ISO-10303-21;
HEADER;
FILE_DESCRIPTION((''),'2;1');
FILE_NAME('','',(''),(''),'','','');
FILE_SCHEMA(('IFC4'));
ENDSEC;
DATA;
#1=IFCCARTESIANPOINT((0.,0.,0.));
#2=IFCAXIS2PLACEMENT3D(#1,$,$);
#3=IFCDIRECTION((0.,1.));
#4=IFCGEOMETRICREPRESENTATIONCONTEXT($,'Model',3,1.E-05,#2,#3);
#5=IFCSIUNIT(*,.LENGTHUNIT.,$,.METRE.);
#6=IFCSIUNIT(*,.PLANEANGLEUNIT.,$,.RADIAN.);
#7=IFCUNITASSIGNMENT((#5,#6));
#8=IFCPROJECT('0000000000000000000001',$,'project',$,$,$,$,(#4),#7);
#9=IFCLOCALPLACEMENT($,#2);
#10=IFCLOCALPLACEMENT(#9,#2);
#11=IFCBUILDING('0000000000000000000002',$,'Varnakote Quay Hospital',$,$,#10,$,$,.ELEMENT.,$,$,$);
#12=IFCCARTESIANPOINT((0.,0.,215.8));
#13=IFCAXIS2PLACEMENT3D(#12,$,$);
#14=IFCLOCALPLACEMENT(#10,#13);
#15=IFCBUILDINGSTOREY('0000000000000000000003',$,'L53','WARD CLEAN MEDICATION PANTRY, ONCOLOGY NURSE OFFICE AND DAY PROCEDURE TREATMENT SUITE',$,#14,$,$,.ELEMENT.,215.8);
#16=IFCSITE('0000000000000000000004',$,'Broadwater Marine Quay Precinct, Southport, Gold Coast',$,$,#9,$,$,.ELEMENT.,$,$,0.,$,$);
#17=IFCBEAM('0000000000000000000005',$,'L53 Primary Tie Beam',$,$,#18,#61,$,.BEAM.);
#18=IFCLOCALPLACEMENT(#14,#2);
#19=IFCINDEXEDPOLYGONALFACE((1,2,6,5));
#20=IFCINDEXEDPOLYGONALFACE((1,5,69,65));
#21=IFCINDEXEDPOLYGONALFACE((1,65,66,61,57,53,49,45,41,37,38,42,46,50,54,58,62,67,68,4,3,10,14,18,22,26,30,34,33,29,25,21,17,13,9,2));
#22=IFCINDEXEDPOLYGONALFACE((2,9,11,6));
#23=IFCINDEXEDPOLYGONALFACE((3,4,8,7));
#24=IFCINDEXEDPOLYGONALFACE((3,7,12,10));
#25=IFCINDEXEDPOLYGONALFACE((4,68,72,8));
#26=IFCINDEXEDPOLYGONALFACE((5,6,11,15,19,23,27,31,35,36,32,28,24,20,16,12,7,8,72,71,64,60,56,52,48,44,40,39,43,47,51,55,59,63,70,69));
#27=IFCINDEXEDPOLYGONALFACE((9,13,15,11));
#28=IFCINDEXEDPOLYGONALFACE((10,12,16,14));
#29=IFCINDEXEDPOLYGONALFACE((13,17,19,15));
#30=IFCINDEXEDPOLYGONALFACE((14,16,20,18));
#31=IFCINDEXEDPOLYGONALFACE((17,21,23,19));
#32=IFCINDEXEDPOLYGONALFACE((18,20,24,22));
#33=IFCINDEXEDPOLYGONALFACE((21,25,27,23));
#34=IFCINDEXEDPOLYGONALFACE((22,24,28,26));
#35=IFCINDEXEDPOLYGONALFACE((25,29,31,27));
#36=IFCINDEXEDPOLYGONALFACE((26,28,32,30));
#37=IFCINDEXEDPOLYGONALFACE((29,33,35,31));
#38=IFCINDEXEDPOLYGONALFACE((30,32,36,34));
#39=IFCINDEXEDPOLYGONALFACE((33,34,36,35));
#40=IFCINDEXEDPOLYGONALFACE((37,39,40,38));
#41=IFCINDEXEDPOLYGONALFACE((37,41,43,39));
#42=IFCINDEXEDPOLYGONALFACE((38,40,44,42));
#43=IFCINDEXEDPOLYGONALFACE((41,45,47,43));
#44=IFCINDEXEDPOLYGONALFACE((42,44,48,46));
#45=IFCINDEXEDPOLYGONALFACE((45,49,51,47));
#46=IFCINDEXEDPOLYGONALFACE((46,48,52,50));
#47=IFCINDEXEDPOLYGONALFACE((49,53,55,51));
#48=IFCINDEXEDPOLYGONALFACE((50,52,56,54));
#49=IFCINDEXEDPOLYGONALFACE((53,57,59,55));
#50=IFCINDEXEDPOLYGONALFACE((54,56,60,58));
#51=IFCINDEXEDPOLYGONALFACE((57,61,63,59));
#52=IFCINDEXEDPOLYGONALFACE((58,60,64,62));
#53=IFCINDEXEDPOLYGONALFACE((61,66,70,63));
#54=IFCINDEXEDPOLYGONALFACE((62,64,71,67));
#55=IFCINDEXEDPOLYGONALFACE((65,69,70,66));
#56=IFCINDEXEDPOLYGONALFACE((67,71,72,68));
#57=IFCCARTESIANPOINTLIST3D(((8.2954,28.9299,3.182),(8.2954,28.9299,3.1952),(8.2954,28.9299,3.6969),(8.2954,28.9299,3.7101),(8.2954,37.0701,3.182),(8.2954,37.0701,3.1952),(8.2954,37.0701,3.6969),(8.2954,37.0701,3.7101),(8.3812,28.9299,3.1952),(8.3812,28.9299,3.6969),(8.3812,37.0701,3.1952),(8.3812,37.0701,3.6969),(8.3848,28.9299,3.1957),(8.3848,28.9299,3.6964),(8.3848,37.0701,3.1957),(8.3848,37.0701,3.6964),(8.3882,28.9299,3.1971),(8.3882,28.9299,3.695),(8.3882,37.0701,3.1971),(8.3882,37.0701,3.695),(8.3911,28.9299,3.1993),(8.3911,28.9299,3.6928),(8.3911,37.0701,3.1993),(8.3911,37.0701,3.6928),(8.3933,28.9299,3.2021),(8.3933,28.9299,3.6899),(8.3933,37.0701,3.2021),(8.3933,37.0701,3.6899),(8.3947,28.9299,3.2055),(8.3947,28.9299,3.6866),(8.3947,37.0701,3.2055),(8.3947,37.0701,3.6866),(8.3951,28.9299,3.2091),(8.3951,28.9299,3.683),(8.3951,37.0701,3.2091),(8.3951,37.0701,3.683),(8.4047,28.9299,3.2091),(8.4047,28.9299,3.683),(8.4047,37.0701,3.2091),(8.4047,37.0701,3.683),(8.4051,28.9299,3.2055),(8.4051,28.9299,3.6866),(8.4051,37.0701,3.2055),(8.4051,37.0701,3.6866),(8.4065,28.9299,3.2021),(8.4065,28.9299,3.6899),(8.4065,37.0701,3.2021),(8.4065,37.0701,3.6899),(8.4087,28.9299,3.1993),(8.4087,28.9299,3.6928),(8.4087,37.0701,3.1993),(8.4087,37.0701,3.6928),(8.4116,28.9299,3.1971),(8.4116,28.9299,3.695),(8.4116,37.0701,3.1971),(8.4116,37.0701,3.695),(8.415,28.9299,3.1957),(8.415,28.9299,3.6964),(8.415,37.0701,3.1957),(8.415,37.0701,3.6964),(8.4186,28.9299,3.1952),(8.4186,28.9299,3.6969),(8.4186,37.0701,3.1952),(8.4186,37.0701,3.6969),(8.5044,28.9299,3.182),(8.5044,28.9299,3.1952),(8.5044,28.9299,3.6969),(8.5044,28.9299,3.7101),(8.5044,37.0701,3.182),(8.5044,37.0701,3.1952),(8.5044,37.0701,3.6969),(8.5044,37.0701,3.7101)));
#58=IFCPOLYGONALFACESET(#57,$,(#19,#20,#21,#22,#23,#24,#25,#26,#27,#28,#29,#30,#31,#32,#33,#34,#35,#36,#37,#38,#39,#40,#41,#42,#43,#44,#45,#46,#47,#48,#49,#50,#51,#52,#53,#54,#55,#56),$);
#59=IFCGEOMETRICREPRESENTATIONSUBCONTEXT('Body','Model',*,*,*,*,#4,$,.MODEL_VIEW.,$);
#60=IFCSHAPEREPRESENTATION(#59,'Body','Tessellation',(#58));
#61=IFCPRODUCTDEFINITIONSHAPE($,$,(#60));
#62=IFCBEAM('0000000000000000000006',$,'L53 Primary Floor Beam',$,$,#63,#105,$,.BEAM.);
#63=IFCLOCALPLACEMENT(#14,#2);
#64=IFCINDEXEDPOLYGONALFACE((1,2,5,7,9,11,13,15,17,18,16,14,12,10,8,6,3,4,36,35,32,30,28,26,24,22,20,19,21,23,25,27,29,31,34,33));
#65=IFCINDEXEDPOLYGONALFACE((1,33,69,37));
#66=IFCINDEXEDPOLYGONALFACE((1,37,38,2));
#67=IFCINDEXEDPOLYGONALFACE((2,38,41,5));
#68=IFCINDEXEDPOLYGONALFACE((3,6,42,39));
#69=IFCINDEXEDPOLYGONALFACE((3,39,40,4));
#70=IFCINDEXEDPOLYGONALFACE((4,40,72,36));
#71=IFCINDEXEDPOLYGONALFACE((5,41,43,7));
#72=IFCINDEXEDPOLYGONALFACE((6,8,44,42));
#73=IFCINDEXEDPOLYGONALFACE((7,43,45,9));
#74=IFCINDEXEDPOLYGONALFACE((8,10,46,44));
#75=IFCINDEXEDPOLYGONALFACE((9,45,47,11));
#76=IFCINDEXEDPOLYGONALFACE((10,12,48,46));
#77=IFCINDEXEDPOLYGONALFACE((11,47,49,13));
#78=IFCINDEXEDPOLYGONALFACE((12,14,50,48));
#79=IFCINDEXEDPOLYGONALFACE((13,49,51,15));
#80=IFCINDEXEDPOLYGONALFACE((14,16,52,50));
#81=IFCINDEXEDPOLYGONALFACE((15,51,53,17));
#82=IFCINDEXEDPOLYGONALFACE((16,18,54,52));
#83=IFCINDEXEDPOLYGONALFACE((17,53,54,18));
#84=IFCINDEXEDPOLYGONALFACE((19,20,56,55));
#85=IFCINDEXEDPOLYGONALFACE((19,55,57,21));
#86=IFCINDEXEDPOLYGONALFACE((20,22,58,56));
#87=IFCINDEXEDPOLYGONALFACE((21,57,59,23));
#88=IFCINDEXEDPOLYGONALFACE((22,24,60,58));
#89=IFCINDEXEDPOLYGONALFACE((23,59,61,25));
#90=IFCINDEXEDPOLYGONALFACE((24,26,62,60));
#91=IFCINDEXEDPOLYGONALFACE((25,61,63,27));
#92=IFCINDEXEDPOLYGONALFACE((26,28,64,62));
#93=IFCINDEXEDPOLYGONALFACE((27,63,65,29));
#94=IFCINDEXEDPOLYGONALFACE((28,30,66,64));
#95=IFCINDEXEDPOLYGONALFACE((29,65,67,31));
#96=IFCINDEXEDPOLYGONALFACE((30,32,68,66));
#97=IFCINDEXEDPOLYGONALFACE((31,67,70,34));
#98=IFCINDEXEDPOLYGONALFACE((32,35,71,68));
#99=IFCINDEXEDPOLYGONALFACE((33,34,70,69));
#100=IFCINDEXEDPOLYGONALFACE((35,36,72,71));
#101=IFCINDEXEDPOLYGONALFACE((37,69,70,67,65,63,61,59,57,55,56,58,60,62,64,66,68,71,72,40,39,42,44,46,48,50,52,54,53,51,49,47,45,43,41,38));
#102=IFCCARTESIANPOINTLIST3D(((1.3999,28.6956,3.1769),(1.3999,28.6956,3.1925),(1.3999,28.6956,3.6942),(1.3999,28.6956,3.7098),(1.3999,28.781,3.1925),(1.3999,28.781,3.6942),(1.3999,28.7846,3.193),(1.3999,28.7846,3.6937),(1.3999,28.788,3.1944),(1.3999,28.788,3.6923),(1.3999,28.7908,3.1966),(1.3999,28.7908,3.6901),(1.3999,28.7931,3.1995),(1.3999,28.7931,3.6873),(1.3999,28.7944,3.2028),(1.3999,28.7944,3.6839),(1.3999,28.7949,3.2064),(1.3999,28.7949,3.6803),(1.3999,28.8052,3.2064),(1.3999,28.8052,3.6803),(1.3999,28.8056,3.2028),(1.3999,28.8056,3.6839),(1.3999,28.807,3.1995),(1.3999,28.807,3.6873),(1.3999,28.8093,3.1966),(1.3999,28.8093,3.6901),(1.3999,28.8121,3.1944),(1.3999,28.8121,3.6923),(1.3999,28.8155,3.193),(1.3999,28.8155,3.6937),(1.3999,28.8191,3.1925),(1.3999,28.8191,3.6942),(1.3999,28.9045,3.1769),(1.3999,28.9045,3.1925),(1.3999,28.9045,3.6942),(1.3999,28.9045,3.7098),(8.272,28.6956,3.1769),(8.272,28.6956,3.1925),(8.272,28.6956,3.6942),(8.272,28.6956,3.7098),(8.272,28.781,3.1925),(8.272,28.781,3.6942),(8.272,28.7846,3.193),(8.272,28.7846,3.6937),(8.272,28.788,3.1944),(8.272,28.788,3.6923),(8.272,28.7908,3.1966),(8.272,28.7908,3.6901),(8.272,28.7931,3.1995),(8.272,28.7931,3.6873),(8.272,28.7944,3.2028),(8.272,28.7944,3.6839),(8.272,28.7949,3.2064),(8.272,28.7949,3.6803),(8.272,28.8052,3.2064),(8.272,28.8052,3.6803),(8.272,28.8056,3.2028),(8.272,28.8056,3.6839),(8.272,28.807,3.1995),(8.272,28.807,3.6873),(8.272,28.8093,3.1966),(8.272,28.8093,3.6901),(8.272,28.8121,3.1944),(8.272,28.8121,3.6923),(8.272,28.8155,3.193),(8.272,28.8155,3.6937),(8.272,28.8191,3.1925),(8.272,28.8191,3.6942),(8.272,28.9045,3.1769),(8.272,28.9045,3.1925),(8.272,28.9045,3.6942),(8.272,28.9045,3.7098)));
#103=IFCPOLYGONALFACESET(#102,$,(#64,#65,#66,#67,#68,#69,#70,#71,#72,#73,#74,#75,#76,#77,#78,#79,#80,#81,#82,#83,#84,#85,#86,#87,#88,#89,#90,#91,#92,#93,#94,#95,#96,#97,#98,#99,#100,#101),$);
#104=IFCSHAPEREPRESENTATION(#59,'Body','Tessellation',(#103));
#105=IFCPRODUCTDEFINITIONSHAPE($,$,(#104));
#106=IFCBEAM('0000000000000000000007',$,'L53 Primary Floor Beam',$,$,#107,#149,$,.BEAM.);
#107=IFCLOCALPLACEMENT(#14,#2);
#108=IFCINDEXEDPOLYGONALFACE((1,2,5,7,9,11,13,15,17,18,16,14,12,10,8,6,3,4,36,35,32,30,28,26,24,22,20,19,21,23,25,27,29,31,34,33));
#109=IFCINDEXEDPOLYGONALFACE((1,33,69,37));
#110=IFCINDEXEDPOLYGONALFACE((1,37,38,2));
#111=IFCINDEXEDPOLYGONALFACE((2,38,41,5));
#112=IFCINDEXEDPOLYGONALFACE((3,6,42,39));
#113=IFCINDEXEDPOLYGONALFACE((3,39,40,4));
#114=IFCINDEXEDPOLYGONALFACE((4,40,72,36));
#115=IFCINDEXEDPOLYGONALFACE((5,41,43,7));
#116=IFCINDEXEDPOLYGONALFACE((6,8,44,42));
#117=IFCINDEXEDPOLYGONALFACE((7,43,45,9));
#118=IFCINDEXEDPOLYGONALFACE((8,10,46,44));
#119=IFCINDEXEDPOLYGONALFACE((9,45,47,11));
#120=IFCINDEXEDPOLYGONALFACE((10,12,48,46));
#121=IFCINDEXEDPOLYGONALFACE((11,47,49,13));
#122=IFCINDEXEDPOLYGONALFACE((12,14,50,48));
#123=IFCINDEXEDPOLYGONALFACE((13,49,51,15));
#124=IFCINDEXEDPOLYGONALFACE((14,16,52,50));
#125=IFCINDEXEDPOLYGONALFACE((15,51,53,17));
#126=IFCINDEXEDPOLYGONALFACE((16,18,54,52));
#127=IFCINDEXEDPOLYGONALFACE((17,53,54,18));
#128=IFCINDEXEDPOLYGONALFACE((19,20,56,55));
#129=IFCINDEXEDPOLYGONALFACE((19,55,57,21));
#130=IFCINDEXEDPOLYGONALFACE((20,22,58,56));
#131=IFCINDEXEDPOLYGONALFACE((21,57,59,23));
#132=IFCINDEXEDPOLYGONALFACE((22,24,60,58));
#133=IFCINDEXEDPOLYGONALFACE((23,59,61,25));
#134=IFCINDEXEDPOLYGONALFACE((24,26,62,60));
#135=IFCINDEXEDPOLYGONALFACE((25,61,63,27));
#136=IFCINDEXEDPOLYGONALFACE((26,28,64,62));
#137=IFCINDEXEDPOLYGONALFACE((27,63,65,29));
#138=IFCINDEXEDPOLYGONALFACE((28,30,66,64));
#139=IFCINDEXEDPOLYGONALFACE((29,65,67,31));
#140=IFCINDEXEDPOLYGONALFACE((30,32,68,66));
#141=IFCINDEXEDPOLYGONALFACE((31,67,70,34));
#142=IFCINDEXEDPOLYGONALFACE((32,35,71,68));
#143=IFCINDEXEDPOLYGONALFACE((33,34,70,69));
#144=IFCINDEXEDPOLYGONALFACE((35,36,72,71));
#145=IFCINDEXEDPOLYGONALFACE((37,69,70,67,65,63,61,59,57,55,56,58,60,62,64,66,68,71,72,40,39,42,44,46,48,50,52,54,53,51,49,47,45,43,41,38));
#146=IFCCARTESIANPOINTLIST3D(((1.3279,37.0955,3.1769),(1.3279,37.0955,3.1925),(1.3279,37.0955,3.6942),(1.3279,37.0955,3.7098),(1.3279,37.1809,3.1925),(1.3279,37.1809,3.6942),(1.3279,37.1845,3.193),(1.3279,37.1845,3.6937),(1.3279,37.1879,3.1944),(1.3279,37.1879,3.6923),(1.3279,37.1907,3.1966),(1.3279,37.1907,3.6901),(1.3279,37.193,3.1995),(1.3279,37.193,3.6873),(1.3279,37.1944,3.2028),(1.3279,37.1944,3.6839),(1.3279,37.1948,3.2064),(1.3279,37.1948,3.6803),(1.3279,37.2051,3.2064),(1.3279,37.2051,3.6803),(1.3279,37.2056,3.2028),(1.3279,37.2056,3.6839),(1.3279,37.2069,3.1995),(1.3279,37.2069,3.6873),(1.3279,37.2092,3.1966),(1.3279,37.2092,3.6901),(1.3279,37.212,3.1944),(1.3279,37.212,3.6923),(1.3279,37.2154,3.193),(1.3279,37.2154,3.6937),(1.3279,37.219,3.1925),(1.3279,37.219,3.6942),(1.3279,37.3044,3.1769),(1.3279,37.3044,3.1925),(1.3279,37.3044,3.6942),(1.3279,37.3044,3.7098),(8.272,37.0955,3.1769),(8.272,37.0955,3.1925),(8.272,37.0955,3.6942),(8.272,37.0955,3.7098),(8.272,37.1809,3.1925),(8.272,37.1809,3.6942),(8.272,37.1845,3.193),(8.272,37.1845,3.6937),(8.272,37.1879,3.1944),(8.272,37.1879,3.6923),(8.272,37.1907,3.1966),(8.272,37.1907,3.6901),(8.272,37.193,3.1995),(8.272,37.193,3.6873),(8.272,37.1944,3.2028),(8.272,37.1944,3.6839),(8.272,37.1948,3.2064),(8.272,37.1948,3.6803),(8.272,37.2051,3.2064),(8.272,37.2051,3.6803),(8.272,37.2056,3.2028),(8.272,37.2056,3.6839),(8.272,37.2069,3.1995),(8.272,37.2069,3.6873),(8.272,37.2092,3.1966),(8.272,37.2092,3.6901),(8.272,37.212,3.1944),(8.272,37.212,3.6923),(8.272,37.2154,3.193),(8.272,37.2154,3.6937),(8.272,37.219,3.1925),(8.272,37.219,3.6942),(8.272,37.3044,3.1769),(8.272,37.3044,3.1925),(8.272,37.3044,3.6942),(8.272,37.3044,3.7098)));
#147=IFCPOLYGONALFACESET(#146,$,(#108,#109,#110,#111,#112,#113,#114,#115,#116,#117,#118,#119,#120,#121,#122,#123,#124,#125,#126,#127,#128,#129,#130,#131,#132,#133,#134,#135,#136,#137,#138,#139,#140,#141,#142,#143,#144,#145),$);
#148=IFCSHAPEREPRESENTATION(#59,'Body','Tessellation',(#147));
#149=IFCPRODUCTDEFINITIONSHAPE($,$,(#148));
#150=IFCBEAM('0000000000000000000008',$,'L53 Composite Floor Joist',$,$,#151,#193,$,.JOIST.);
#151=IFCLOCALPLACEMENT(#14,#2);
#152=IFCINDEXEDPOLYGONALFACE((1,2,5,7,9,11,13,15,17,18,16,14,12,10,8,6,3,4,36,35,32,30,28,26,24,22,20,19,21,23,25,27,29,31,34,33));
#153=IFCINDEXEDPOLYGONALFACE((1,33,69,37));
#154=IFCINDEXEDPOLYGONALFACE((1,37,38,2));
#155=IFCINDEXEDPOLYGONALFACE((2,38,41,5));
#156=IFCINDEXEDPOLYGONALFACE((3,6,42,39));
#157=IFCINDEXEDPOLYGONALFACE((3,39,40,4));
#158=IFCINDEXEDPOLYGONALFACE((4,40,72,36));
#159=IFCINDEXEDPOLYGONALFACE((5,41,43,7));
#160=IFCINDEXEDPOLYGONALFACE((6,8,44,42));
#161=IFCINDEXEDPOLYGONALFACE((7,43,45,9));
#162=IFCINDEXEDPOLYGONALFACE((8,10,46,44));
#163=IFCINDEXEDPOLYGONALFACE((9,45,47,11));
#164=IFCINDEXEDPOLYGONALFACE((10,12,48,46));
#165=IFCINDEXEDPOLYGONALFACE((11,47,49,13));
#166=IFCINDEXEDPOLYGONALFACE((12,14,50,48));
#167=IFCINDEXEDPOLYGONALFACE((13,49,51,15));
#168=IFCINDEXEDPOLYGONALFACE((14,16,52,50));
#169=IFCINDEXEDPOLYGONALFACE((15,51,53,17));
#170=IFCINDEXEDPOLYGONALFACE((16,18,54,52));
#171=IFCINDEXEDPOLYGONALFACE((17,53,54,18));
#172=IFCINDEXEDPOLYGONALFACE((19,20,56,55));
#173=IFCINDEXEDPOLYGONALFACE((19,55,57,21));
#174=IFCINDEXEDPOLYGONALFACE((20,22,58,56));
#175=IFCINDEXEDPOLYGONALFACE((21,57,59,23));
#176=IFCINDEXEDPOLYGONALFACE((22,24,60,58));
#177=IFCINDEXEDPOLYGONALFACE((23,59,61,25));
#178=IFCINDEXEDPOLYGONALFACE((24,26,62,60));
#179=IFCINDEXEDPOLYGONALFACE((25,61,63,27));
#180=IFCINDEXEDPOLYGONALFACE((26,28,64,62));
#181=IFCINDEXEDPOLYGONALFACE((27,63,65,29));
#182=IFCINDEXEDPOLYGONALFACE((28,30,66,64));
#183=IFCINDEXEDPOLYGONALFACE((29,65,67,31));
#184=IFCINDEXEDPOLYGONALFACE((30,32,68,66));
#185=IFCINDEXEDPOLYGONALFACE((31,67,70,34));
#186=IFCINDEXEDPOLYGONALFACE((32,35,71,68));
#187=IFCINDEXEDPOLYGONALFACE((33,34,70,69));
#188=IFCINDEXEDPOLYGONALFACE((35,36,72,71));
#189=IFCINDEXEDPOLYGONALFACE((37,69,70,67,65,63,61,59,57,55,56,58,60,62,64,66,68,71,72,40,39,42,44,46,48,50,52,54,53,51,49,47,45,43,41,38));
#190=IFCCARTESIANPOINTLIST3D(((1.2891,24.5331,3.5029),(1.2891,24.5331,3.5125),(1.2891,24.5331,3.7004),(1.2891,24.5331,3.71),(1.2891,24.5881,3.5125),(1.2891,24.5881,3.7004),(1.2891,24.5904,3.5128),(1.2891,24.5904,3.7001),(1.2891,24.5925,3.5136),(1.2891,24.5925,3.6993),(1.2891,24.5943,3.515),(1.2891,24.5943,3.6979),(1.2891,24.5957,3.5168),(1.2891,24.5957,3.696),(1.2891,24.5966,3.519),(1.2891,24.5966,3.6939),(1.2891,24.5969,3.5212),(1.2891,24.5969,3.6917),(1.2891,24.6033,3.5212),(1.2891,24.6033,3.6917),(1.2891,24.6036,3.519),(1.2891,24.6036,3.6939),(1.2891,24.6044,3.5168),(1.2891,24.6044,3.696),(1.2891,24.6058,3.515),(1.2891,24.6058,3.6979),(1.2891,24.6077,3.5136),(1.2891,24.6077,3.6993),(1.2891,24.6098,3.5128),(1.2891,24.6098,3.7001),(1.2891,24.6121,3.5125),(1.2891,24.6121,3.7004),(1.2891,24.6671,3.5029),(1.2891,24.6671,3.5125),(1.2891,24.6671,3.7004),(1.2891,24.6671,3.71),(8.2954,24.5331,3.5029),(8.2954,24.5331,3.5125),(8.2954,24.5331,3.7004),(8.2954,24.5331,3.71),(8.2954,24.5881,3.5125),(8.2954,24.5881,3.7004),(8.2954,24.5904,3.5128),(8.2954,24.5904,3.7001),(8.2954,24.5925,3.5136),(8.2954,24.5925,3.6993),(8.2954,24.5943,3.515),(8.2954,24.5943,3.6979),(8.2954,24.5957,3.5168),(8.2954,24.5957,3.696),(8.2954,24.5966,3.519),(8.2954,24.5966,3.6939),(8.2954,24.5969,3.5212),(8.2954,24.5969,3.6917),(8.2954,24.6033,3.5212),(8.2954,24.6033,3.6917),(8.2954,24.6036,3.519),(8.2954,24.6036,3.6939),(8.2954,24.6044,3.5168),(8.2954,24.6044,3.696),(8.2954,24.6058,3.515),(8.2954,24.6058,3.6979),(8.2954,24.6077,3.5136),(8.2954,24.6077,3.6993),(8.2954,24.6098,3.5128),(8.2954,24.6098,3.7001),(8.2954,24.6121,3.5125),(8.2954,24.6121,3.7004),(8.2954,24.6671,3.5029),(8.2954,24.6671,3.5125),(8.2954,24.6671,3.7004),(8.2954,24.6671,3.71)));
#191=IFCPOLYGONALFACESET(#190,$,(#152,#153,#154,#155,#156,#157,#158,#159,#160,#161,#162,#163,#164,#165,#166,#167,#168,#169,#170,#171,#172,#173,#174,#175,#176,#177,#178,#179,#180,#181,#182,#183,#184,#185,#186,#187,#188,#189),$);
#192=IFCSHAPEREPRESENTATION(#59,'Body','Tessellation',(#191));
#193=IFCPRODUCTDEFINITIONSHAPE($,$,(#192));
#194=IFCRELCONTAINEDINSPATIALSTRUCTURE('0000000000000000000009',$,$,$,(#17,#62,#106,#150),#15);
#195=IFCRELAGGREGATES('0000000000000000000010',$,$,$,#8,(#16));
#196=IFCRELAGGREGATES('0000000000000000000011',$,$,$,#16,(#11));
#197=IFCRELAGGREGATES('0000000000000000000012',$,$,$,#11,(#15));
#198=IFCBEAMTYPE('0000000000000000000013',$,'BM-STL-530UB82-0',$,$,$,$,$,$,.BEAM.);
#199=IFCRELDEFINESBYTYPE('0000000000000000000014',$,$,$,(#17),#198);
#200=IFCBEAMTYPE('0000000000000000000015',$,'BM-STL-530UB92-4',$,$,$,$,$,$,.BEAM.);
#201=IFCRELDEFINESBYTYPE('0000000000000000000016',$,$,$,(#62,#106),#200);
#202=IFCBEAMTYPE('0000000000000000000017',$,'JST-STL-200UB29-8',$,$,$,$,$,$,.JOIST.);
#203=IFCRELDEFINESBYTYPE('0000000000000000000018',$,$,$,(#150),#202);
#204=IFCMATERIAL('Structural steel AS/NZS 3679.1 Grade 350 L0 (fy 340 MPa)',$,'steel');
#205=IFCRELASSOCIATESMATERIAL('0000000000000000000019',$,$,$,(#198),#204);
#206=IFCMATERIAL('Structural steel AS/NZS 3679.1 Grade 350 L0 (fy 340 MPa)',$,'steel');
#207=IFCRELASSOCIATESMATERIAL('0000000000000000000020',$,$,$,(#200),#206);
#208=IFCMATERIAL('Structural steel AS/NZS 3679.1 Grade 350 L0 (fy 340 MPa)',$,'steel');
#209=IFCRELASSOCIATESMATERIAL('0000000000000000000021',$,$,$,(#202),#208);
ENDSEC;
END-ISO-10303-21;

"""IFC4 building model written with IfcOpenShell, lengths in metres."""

from ifc_helpers import new_model, si_unit, direction, frame, origin, origin_2d, place, context, subcontext, project, spatial, i_section, extrude, material, material_profile, profile_set, type_object, element, save


model = new_model("IFC4")

# Units and contexts
model_context = context("Model", 3, precision=1e-05, world=origin(), true_north=direction((0.0, 1.0)))
body_context = subcontext(model_context, "Body", "Model", "MODEL_VIEW")
ifc_project = project(units=[si_unit("LENGTHUNIT", "METRE"), si_unit("PLANEANGLEUNIT", "RADIAN")], contexts=[model_context])

# Site, building, storey
site_placement = place(None, origin())
site = spatial("IfcSite", under=ifc_project, at=site_placement, Name="Broadwater Marine Quay Precinct, Southport, Gold Coast", CompositionType="ELEMENT", RefElevation=0.0)
building_placement = place(site_placement, origin())
building = spatial("IfcBuilding", under=site, at=building_placement, Name="Varnakote Quay Hospital", CompositionType="ELEMENT")
storey_placement = place(building_placement, frame((0.0, 0.0, 215.8)))
storey = spatial("IfcBuildingStorey", under=building, at=storey_placement, Name="L53", Description="WARD CLEAN MEDICATION PANTRY, ONCOLOGY NURSE OFFICE AND DAY PROCEDURE TREATMENT SUITE", CompositionType="ELEMENT", Elevation=215.8)

# Beams
ifc_material_1 = material(Name="Structural steel AS/NZS 3679.1 Grade 350 L0 (fy 340 MPa)", Category="steel")
ifc_material_profile_1 = material_profile(ifc_material_1, i_section(OverallWidth=0.209, OverallDepth=0.5281, WebThickness=0.0095, FlangeThickness=0.0132, FilletRadius=0.0139, at=origin_2d()), Name="530UB82.0")
ifc_profile_set_1 = profile_set([ifc_material_profile_1], Name="Structural steel AS/NZS 3679.1 Grade 350 L0 (fy 340 MPa)")
beam_type_1 = type_object("IfcBeamType", Name="BM-STL-530UB82-0", PredefinedType="BEAM", material=ifc_profile_set_1)
beam_1_placement = place(storey_placement, frame((8.3999, 28.9299, 3.446), z_axis=(0.0, 1.0, 0.0), x_axis=(-1.0, 0.0, 0.0)))
element("IfcBeam", 1, at=beam_1_placement, inside=storey, type_object=beam_type_1, Name="L53 Primary Tie Beam", PredefinedType="BEAM", context=body_context, shape_type="SweptSolid", body=[
    extrude(i_section(OverallWidth=0.209, OverallDepth=0.5281, WebThickness=0.0095, FlangeThickness=0.0132, FilletRadius=0.0139, at=origin_2d()), origin(), (0.0, 0.0, 1.0), 8.1401),
])
ifc_material_2 = material(Name="Structural steel AS/NZS 3679.1 Grade 350 L0 (fy 340 MPa)", Category="steel")
ifc_material_profile_2 = material_profile(ifc_material_2, i_section(OverallWidth=0.209, OverallDepth=0.533, WebThickness=0.0103, FlangeThickness=0.0156, FilletRadius=0.0139, at=origin_2d()), Name="530UB92.4")
ifc_profile_set_2 = profile_set([ifc_material_profile_2], Name="Structural steel AS/NZS 3679.1 Grade 350 L0 (fy 340 MPa)")
beam_type_2 = type_object("IfcBeamType", Name="BM-STL-530UB92-4", PredefinedType="BEAM", material=ifc_profile_set_2)
beam_2_placement = place(storey_placement, frame((1.3999, 28.8, 3.4434), z_axis=(1.0, 0.0, 0.0), x_axis=(0.0, 1.0, 0.0)))
element("IfcBeam", 2, at=beam_2_placement, inside=storey, type_object=beam_type_2, Name="L53 Primary Floor Beam", PredefinedType="BEAM", context=body_context, shape_type="SweptSolid", body=[
    extrude(i_section(OverallWidth=0.209, OverallDepth=0.533, WebThickness=0.0103, FlangeThickness=0.0156, FilletRadius=0.0139, at=origin_2d()), origin(), (0.0, 0.0, 1.0), 6.8721),
])
beam_3_placement = place(storey_placement, frame((1.3279, 37.2, 3.4434), z_axis=(1.0, 0.0, 0.0), x_axis=(0.0, 1.0, 0.0)))
element("IfcBeam", 3, at=beam_3_placement, inside=storey, type_object=beam_type_2, Name="L53 Primary Floor Beam", PredefinedType="BEAM", context=body_context, shape_type="SweptSolid", body=[
    extrude(i_section(OverallWidth=0.209, OverallDepth=0.533, WebThickness=0.0103, FlangeThickness=0.0156, FilletRadius=0.0139, at=origin_2d()), origin(), (0.0, 0.0, 1.0), 6.9441),
])
ifc_material_3 = material(Name="Structural steel AS/NZS 3679.1 Grade 350 L0 (fy 340 MPa)", Category="steel")
ifc_material_profile_3 = material_profile(ifc_material_3, i_section(OverallWidth=0.134, OverallDepth=0.207, WebThickness=0.0063, FlangeThickness=0.0095, FilletRadius=0.0088, at=origin_2d()), Name="200UB29.8")
ifc_profile_set_3 = profile_set([ifc_material_profile_3], Name="Structural steel AS/NZS 3679.1 Grade 350 L0 (fy 340 MPa)")
beam_type_3 = type_object("IfcBeamType", Name="JST-STL-200UB29-8", PredefinedType="JOIST", material=ifc_profile_set_3)
beam_4_placement = place(storey_placement, frame((1.2891, 24.6001, 3.6064), z_axis=(1.0, 0.0, 0.0), x_axis=(0.0, 1.0, 0.0)))
element("IfcBeam", 4, at=beam_4_placement, inside=storey, type_object=beam_type_3, Name="L53 Composite Floor Joist", PredefinedType="JOIST", context=body_context, shape_type="SweptSolid", body=[
    extrude(i_section(OverallWidth=0.134, OverallDepth=0.207, WebThickness=0.0063, FlangeThickness=0.0095, FilletRadius=0.0088, at=origin_2d()), origin(), (0.0, 0.0, 1.0), 7.0063),
])

save(model, "model.ifc")
